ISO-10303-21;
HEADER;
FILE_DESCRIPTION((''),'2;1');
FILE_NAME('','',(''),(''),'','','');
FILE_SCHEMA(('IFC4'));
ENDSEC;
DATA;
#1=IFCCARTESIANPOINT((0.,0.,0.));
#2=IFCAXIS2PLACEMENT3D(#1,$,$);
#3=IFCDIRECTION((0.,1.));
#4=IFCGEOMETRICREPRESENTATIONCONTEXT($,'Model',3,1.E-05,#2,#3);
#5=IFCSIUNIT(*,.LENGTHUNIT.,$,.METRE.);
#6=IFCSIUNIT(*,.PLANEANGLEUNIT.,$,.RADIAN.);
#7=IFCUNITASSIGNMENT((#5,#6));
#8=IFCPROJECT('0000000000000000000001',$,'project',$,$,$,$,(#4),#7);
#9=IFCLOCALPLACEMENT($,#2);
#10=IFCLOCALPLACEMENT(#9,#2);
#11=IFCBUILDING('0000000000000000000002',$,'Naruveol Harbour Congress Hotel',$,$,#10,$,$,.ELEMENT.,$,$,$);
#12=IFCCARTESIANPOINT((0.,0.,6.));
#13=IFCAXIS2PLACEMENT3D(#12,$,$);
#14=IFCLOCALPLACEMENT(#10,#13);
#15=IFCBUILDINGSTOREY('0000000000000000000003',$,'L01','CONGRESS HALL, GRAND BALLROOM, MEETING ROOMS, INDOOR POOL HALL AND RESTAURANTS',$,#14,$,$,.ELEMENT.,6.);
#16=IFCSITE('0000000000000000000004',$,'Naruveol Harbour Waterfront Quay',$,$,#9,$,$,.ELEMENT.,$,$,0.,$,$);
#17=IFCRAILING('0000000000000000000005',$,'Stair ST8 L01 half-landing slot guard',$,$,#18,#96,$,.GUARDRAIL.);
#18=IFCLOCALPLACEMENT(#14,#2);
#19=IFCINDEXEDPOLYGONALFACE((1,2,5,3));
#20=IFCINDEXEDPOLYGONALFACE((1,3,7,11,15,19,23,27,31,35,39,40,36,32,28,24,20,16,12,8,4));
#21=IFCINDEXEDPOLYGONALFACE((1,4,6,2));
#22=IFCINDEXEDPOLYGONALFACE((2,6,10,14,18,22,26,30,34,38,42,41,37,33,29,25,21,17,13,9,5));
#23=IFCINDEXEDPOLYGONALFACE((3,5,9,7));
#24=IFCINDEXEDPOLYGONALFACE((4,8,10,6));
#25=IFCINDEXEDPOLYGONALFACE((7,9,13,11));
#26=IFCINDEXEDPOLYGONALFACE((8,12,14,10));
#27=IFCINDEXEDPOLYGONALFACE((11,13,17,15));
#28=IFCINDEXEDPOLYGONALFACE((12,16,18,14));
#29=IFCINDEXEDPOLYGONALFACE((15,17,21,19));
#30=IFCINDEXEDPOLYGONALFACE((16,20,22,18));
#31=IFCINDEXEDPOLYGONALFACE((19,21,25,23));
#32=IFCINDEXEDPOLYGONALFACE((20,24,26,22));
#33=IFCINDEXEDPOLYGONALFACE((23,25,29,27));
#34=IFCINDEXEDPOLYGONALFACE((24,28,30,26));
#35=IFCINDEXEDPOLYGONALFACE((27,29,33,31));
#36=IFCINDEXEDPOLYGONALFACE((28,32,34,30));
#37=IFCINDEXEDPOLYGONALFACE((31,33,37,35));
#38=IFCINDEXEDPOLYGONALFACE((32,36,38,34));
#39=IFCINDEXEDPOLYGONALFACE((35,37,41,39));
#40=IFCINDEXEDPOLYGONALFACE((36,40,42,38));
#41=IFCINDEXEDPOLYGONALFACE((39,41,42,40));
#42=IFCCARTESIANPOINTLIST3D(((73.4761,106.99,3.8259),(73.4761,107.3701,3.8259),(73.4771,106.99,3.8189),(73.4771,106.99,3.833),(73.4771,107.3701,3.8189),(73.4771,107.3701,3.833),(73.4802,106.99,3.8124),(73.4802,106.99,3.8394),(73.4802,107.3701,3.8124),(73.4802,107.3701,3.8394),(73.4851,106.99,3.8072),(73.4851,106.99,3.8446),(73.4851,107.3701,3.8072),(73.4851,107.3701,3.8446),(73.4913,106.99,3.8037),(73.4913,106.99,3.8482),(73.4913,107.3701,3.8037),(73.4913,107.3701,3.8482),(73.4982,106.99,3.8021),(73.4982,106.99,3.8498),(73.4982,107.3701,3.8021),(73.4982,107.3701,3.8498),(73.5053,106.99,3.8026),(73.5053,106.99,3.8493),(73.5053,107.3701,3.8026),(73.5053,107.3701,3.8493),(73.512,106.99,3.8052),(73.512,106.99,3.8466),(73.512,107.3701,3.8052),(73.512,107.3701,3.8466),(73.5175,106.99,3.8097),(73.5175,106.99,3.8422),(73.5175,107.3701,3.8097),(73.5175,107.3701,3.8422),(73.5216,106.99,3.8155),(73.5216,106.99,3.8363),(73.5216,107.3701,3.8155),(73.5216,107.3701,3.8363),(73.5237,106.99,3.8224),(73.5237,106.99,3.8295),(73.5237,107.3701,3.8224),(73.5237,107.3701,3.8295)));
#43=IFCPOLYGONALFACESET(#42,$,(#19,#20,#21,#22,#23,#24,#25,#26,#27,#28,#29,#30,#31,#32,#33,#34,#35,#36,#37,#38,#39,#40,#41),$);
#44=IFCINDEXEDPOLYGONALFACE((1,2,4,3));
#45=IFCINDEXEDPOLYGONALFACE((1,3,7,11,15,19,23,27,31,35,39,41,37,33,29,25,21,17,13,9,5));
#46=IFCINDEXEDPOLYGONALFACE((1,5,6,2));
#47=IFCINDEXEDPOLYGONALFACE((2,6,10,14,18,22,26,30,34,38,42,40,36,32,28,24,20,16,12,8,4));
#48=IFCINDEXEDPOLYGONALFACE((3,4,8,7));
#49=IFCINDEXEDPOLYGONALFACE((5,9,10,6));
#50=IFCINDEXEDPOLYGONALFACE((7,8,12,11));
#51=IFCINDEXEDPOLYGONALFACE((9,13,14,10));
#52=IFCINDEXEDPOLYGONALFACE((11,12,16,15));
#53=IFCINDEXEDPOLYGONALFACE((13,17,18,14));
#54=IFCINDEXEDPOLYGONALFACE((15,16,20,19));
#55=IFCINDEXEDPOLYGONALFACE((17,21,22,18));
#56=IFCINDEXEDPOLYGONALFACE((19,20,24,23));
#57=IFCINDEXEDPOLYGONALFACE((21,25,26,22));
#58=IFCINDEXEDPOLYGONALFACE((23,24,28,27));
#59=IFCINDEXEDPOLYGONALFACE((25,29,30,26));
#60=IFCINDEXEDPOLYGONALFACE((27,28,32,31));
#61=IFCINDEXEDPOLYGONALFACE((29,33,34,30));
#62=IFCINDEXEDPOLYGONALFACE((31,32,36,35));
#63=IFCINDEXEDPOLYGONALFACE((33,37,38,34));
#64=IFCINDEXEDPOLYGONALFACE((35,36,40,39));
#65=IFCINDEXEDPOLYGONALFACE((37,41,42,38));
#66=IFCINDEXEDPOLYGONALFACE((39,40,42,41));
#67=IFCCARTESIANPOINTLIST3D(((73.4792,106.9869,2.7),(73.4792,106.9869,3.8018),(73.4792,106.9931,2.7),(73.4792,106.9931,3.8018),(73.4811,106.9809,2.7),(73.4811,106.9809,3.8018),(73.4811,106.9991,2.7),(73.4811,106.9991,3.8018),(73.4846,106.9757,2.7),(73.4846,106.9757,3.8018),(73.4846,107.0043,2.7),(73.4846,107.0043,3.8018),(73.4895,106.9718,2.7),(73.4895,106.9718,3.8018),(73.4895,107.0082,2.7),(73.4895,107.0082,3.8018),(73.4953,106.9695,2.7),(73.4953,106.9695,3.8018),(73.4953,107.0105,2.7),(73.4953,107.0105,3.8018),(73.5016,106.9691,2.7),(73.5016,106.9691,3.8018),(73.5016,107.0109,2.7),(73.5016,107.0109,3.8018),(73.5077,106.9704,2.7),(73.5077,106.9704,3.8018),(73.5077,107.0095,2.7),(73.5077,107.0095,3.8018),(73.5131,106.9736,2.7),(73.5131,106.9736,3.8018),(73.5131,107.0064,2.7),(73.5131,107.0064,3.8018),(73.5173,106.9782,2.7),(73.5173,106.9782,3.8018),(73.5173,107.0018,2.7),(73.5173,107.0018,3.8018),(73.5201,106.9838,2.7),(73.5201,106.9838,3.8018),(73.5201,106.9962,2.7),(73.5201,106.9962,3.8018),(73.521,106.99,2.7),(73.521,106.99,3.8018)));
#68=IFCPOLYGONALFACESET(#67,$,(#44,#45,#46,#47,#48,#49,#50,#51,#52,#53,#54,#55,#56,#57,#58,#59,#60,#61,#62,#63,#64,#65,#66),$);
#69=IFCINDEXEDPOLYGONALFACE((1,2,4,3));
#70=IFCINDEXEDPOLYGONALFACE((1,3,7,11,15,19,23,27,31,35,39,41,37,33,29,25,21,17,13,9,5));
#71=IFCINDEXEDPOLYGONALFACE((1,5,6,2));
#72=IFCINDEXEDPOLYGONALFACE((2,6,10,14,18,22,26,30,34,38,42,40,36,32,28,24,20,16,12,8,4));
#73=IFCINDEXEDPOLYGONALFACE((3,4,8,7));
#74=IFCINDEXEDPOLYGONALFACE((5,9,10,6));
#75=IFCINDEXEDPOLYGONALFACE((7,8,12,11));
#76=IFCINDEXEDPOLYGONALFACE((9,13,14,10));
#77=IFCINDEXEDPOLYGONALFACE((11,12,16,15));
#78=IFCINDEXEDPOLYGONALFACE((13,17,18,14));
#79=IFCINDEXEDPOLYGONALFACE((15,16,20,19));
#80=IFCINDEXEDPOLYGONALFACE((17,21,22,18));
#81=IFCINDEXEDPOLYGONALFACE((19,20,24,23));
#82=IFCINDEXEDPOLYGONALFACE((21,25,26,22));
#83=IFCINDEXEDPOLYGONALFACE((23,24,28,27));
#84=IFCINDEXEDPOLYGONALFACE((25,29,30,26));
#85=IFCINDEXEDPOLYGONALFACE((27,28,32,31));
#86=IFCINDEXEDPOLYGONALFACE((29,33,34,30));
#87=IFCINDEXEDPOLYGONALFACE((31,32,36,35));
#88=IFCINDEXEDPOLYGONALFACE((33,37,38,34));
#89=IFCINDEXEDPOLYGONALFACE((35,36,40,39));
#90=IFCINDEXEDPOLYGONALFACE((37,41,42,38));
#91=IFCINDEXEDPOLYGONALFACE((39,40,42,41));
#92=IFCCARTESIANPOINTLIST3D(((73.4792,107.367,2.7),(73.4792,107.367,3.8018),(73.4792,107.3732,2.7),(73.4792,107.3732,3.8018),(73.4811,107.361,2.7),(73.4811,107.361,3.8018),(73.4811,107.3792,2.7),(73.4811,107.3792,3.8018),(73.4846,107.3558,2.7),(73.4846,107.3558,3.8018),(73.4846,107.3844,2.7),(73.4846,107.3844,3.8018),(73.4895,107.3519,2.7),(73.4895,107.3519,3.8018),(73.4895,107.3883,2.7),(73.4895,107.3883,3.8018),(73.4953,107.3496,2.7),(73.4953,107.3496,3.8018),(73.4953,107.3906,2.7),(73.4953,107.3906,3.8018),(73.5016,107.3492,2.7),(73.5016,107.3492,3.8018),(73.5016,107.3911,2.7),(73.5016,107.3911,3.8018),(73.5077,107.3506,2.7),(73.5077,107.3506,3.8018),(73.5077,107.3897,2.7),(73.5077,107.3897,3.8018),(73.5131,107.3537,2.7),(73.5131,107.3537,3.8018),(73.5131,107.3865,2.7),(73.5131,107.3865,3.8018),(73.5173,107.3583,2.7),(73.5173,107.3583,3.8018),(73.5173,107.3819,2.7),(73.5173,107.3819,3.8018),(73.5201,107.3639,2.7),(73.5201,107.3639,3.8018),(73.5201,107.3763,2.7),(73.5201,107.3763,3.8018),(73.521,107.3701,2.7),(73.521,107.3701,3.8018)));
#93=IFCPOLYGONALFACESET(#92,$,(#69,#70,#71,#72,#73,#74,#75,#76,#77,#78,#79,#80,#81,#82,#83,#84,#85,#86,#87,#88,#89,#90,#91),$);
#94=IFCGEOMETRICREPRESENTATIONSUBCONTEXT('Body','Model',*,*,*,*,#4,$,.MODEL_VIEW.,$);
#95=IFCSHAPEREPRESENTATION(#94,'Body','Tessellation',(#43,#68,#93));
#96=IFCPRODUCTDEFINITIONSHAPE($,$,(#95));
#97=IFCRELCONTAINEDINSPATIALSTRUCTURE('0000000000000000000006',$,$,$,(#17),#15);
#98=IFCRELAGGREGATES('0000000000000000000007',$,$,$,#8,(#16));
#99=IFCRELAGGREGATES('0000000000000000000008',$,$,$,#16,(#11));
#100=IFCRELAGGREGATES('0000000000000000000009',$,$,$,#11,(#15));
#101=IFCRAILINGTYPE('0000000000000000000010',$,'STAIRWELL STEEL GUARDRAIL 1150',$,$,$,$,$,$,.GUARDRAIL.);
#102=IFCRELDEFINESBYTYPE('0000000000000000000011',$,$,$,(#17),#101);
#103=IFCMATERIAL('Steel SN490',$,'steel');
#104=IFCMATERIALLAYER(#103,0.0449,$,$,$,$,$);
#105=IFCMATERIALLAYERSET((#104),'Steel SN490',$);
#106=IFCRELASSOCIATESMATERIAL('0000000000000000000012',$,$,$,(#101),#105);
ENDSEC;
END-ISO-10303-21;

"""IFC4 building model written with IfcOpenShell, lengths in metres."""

from ifc_helpers import new_model, si_unit, direction, frame, origin, origin_2d, place, context, subcontext, project, spatial, circle, extrude, material, layer, layer_set, type_object, element, save


model = new_model("IFC4")

# Units and contexts
model_context = context("Model", 3, precision=1e-05, world=origin(), true_north=direction((0.0, 1.0)))
body_context = subcontext(model_context, "Body", "Model", "MODEL_VIEW")
ifc_project = project(units=[si_unit("LENGTHUNIT", "METRE"), si_unit("PLANEANGLEUNIT", "RADIAN")], contexts=[model_context])

# Site, building, storey
site_placement = place(None, origin())
site = spatial("IfcSite", under=ifc_project, at=site_placement, Name="Naruveol Harbour Waterfront Quay", CompositionType="ELEMENT", RefElevation=0.0)
building_placement = place(site_placement, origin())
building = spatial("IfcBuilding", under=site, at=building_placement, Name="Naruveol Harbour Congress Hotel", CompositionType="ELEMENT")
storey_placement = place(building_placement, frame((0.0, 0.0, 6.0)))
storey = spatial("IfcBuildingStorey", under=building, at=storey_placement, Name="L01", Description="CONGRESS HALL, GRAND BALLROOM, MEETING ROOMS, INDOOR POOL HALL AND RESTAURANTS", CompositionType="ELEMENT", Elevation=6.0)

# Railing
ifc_material_1 = material(Name="Steel SN490", Category="steel")
ifc_layer_1 = layer(ifc_material_1, 0.0449)
ifc_layer_set_1 = layer_set([ifc_layer_1], Name="Steel SN490")
railing_type_1 = type_object("IfcRailingType", Name="STAIRWELL STEEL GUARDRAIL 1150", PredefinedType="GUARDRAIL", material=ifc_layer_set_1)
railing_1_placement = place(storey_placement, frame((73.5, 106.99, 2.7)))
element("IfcRailing", 1, at=railing_1_placement, inside=storey, type_object=railing_type_1, Name="Stair ST8 L01 half-landing slot guard", PredefinedType="GUARDRAIL", context=body_context, shape_type="SweptSolid", body=[
    extrude(circle(Radius=0.0239, at=origin_2d()), frame((0.0, 0.0, 1.126), z_axis=(0.0, 1.0, 0.0), x_axis=(-1.0, 0.0, 0.0)), (0.0, 0.0, 1.0), 0.3801),
    extrude(circle(Radius=0.021, at=origin_2d()), origin(), (0.0, 0.0, 1.0), 1.1018),
    extrude(circle(Radius=0.021, at=origin_2d()), frame((0.0, 0.3801, 0.0)), (0.0, 0.0, 1.0), 1.1018),
])

save(model, "model.ifc")
